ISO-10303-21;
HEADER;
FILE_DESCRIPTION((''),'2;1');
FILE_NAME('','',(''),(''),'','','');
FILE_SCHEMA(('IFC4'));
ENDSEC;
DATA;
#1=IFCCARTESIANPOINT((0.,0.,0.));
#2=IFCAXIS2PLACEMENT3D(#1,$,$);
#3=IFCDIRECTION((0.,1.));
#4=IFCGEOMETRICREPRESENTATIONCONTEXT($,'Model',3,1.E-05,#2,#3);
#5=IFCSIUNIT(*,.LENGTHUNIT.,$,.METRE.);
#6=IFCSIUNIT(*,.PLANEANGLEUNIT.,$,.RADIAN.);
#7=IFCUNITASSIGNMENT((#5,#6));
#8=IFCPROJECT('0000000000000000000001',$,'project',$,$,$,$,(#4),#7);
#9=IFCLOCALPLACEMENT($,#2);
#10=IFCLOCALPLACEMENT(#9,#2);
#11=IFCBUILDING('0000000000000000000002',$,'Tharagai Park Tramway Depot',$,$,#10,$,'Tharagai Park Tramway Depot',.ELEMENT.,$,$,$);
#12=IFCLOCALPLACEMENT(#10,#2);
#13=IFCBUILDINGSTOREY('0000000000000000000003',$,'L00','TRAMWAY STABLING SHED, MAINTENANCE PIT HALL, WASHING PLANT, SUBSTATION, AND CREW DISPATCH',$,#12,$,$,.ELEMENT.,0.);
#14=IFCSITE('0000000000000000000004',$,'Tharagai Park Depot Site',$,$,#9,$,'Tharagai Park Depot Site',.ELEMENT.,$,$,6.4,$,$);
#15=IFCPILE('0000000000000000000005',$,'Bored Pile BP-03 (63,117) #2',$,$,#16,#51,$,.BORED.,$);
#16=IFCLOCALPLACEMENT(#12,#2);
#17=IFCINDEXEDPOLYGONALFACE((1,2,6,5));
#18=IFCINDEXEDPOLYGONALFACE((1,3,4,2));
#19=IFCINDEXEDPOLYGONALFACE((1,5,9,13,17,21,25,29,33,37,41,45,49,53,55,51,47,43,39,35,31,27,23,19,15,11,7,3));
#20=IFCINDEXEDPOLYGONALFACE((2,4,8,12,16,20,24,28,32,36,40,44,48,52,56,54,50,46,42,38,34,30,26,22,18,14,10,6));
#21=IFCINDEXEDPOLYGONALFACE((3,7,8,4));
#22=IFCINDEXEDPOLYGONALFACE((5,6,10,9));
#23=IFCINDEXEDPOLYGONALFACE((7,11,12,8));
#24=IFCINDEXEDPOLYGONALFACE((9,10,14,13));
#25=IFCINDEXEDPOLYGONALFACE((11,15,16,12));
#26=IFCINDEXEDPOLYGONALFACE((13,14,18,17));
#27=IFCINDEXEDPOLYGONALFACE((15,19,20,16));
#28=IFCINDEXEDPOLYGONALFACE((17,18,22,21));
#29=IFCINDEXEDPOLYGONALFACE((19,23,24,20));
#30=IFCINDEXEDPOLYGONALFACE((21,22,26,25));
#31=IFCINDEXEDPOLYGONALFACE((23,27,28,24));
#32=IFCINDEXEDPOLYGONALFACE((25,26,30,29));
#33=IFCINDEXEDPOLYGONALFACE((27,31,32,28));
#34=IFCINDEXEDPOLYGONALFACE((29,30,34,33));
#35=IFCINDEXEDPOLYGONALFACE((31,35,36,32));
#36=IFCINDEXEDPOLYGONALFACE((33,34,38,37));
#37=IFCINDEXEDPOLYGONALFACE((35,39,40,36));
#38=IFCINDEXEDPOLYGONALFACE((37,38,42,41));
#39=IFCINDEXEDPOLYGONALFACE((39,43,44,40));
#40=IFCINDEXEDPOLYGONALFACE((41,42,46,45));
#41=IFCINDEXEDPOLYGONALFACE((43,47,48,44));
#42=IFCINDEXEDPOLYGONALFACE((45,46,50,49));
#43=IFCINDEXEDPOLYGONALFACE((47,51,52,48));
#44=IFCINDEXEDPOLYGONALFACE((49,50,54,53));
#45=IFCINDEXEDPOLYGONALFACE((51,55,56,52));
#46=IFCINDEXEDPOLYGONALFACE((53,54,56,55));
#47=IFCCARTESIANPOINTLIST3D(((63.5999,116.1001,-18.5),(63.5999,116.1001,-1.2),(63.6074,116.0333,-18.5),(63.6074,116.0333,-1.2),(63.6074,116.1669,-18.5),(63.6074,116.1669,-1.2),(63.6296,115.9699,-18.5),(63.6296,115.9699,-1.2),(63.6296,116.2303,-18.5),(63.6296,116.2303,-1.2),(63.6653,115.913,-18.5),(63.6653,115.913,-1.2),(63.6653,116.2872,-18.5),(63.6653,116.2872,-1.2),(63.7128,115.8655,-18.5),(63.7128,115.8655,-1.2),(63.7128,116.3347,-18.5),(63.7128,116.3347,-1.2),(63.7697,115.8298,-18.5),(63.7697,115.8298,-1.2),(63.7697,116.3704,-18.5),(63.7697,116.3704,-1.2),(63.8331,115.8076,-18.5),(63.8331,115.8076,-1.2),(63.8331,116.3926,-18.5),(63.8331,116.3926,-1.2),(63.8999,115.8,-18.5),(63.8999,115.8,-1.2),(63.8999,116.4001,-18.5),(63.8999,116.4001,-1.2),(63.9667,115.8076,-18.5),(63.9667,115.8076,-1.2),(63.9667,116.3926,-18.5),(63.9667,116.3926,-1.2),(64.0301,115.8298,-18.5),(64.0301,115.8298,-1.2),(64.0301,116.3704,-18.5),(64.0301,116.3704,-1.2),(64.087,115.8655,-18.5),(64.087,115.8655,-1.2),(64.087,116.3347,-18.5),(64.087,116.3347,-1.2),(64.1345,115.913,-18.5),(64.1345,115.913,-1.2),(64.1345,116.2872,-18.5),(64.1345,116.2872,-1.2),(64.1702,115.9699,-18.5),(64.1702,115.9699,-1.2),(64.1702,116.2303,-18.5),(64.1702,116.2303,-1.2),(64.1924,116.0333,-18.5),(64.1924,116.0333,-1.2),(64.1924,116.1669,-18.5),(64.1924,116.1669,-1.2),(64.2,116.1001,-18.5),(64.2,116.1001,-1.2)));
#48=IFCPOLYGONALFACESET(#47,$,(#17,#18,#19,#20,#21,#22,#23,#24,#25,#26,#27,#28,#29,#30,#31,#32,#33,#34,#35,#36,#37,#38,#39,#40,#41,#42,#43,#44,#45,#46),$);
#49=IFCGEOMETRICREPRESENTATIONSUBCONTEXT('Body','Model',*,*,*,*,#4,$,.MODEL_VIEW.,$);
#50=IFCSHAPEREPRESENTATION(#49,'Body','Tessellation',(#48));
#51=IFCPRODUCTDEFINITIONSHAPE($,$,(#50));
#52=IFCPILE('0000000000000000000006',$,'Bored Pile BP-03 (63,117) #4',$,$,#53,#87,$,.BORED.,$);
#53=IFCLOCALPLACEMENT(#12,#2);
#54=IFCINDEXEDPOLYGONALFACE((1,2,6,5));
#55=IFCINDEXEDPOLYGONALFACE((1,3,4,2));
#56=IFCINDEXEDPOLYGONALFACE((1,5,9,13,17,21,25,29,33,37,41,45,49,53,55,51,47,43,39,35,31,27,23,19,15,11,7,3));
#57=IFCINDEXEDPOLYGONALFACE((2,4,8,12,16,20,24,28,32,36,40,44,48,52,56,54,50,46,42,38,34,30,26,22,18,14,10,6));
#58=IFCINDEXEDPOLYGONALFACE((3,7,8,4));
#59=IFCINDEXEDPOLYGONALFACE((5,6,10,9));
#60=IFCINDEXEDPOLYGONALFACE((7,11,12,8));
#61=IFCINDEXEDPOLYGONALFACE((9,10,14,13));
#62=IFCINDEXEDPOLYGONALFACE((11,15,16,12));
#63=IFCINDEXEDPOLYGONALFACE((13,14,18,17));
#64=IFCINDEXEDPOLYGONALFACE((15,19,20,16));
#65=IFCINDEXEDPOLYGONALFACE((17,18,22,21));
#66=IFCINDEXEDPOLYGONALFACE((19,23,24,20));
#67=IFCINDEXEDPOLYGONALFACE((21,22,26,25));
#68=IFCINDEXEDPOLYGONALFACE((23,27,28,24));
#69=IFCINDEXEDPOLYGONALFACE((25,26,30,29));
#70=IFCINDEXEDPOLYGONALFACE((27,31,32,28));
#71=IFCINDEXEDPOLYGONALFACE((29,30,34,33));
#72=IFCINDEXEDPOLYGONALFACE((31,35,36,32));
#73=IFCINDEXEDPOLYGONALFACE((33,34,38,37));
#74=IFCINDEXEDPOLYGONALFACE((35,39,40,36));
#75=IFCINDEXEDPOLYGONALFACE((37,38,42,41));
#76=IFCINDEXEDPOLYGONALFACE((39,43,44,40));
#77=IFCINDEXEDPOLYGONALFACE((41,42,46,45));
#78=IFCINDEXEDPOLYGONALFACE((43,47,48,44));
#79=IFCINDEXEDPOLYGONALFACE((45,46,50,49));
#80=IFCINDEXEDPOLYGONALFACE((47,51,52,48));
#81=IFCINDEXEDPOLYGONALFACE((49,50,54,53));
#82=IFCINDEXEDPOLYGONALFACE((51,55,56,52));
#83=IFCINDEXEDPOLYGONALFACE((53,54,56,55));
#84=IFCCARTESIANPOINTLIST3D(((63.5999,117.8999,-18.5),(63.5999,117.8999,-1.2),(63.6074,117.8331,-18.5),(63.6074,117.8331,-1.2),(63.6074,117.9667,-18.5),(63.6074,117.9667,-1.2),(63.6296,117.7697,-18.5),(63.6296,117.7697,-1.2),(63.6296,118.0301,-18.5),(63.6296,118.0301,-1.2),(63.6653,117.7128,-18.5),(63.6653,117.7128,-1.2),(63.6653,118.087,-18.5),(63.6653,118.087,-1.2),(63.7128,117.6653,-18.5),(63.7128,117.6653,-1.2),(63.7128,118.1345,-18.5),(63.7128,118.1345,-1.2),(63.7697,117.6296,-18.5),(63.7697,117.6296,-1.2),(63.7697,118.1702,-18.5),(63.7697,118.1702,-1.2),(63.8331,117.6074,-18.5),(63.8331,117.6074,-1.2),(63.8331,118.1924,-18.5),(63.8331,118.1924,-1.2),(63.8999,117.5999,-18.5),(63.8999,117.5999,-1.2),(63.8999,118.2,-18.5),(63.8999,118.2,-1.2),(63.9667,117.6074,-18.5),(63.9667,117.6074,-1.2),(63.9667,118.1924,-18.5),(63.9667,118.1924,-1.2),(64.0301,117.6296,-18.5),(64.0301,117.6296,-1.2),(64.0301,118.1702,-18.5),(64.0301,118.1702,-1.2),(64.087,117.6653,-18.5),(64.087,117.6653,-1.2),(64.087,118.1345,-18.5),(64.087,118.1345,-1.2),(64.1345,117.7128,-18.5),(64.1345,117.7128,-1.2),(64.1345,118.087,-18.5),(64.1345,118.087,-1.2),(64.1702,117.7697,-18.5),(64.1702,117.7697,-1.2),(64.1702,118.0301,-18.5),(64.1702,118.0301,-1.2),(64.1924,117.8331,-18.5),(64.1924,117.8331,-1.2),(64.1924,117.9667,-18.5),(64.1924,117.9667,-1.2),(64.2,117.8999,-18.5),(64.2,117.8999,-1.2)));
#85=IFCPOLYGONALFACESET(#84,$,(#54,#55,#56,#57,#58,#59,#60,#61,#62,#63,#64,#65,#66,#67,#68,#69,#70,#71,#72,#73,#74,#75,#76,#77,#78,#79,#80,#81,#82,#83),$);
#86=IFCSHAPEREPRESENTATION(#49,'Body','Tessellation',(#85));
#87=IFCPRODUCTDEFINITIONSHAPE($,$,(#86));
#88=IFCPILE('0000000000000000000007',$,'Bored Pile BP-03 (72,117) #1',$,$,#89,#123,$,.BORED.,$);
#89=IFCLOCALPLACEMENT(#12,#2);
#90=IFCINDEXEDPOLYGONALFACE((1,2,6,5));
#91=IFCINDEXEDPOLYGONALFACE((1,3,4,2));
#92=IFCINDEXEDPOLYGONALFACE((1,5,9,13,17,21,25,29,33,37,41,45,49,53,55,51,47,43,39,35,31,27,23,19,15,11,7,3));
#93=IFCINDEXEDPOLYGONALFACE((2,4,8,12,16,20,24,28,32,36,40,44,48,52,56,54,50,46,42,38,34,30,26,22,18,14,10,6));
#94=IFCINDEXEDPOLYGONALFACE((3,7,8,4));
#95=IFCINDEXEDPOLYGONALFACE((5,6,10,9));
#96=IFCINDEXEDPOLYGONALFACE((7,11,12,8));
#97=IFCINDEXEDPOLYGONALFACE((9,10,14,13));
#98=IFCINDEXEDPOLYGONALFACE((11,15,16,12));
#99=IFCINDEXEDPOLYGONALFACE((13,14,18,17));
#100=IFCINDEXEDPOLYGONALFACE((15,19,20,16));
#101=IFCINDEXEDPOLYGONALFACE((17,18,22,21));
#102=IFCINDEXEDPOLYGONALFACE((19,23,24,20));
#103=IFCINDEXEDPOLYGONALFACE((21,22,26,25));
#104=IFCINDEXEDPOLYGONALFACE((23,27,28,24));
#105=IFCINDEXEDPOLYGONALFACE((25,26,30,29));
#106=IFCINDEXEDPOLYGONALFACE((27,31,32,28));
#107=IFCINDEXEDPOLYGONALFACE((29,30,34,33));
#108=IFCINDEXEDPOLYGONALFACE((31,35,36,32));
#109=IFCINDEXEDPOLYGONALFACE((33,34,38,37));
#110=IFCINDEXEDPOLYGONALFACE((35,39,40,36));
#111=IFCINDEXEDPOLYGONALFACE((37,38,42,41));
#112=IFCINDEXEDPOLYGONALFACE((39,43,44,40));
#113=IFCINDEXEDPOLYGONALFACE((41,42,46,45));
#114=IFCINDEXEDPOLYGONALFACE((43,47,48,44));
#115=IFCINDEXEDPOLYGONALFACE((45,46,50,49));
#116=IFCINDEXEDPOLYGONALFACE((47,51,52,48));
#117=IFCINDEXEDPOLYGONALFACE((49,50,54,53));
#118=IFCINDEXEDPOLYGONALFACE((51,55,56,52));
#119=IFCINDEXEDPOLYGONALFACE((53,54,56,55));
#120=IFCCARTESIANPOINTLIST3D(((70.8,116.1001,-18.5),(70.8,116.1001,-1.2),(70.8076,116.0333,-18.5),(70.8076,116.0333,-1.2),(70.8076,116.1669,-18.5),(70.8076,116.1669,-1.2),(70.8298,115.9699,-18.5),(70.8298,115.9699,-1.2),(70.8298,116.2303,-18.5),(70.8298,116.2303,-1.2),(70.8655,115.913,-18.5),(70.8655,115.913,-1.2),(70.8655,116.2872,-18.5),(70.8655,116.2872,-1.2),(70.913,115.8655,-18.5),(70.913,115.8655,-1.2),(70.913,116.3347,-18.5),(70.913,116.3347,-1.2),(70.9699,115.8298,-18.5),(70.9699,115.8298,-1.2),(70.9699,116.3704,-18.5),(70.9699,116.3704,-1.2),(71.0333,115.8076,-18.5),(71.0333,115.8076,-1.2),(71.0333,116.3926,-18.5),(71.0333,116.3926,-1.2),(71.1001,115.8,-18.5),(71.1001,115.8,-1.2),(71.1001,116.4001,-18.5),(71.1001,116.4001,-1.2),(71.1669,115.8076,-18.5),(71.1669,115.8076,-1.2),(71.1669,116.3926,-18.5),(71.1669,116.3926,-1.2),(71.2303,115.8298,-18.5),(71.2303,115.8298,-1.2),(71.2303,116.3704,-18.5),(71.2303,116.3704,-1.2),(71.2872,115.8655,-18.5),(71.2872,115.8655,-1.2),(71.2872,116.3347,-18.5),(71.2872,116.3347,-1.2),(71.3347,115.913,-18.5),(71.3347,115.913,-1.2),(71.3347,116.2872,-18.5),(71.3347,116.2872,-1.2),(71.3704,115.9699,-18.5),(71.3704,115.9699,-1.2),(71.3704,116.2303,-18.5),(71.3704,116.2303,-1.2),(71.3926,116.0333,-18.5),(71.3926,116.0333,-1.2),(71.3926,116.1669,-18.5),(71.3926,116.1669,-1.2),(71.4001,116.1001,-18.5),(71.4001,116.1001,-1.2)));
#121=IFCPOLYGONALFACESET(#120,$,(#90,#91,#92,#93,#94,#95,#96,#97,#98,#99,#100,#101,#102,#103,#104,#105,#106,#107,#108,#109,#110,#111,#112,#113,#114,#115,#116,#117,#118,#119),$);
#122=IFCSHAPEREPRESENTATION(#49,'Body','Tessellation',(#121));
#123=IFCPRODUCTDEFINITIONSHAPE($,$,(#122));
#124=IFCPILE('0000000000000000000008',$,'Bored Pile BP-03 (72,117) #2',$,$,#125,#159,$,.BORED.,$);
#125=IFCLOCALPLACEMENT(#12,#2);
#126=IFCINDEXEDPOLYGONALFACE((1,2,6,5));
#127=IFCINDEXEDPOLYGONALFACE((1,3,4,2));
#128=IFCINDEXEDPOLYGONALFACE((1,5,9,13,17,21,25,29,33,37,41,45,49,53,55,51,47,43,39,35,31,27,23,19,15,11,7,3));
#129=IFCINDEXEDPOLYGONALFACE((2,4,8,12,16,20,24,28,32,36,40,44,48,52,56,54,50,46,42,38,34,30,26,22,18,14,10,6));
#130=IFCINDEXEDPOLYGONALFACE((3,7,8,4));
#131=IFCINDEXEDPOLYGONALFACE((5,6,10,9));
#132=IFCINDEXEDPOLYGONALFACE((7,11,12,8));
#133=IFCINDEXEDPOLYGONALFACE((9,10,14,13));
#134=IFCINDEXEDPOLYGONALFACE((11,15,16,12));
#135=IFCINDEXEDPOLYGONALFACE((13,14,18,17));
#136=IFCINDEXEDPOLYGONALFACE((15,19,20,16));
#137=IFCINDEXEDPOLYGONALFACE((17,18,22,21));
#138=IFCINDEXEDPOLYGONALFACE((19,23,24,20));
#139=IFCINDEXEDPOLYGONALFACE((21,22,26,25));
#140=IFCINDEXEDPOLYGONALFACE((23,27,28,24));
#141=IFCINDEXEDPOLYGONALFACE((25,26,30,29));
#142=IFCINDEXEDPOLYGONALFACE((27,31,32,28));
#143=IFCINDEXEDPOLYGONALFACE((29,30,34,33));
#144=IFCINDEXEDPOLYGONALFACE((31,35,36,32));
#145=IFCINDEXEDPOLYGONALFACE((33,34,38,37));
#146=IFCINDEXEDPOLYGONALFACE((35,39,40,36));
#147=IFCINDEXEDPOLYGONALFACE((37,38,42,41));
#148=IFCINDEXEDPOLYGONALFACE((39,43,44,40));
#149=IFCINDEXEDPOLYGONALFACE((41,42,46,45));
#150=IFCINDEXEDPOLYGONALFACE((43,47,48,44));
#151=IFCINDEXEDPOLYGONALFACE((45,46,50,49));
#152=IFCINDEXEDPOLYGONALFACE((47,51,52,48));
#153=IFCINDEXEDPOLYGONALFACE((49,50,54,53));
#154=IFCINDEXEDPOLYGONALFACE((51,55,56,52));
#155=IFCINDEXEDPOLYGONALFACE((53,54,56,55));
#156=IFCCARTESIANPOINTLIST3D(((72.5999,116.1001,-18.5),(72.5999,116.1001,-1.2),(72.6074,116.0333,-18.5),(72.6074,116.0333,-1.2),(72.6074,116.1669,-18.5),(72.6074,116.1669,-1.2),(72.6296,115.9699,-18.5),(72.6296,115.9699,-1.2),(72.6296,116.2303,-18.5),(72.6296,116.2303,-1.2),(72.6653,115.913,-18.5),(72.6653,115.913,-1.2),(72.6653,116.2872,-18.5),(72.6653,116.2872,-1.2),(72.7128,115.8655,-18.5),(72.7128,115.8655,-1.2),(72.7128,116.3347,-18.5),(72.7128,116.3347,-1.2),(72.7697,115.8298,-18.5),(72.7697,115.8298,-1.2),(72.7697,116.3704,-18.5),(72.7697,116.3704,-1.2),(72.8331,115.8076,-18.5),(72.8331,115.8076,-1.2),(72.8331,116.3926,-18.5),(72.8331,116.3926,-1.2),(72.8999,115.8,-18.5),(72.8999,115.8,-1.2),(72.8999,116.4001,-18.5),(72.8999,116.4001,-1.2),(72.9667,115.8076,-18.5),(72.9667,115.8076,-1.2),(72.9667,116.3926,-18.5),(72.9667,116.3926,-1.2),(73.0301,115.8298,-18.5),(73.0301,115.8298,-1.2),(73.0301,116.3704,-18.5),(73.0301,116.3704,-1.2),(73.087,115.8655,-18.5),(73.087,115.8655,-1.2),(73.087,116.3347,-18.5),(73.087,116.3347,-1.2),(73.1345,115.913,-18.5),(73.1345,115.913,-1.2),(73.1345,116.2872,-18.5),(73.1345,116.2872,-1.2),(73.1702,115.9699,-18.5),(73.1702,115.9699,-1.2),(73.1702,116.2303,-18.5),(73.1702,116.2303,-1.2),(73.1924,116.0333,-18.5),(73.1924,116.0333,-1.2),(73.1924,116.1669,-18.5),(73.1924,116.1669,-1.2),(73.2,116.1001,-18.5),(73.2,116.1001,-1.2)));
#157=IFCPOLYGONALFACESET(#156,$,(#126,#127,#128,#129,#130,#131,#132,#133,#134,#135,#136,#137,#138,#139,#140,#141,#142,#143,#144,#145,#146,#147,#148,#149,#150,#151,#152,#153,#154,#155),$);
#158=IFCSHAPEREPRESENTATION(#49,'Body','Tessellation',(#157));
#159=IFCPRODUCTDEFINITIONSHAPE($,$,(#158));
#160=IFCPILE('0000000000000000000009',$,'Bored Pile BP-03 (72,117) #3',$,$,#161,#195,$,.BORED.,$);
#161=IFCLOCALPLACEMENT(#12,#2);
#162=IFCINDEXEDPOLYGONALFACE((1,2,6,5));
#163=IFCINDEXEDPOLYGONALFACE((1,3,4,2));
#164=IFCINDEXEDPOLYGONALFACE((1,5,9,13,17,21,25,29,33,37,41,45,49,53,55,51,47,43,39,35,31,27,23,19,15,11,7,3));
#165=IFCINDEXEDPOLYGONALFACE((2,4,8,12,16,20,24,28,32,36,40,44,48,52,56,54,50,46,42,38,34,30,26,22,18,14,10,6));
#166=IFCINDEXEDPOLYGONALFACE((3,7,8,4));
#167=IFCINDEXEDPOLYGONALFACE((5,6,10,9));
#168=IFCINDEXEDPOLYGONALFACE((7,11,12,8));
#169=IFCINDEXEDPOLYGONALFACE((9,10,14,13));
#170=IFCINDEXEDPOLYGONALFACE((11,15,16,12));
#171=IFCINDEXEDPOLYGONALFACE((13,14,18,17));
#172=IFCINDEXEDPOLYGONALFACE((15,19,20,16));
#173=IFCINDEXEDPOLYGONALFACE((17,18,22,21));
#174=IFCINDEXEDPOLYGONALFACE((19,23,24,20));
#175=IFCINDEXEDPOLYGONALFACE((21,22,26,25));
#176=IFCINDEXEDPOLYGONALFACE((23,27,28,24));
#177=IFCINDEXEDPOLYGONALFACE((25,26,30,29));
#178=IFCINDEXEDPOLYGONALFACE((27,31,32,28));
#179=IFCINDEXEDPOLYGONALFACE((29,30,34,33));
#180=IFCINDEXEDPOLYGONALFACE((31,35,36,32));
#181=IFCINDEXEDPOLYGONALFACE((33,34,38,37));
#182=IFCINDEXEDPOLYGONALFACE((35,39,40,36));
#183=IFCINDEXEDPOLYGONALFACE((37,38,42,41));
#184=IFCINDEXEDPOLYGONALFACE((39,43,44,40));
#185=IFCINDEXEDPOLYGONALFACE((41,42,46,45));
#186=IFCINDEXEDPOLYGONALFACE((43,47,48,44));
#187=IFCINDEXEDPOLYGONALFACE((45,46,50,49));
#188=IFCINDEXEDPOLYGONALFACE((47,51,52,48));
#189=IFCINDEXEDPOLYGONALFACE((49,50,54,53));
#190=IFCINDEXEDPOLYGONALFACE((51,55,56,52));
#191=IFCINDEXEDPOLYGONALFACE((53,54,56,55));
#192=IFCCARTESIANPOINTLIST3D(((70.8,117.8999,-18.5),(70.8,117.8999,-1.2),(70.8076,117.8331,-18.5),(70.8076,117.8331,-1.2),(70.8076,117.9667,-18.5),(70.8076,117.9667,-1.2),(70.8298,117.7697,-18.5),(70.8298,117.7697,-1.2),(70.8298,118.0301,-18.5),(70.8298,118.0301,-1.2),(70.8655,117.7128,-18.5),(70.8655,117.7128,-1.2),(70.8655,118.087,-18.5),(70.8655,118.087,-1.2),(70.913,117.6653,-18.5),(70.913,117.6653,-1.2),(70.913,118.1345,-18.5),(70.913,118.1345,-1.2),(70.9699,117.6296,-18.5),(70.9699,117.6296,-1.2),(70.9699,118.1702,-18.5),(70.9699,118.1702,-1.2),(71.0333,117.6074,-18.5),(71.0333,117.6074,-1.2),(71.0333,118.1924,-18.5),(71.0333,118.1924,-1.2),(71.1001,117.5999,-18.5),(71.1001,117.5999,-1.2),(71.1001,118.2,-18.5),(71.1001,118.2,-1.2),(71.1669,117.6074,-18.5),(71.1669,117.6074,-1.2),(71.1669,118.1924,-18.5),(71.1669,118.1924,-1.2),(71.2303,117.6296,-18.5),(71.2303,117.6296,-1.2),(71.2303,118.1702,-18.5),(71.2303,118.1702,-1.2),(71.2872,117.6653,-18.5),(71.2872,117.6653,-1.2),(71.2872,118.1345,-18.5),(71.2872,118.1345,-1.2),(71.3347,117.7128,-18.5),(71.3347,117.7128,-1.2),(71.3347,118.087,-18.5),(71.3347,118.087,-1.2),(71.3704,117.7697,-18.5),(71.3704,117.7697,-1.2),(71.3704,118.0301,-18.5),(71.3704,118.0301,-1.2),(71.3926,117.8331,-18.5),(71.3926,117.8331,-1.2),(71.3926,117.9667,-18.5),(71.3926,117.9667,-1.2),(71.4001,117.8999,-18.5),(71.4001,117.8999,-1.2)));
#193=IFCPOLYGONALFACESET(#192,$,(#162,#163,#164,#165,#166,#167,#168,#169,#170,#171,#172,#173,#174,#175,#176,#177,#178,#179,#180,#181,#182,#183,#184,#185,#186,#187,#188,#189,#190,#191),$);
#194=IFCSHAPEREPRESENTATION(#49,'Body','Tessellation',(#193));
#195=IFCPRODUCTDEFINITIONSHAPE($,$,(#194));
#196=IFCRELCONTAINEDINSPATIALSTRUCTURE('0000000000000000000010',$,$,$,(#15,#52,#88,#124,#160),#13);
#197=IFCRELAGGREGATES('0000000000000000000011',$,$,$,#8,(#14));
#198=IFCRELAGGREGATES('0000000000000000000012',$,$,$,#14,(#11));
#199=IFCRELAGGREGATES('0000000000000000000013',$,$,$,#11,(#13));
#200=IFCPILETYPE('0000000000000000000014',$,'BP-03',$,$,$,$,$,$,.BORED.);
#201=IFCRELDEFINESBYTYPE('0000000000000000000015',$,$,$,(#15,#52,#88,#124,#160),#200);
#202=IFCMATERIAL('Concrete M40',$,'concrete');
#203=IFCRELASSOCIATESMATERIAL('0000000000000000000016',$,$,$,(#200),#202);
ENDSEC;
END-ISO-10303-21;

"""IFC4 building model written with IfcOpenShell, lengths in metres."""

from ifc_helpers import new_model, si_unit, direction, frame, origin, origin_2d, place, context, subcontext, project, spatial, circle, extrude, material, material_profile, profile_set, type_object, element, save


model = new_model("IFC4")

# Units and contexts
model_context = context("Model", 3, precision=1e-05, world=origin(), true_north=direction((0.0, 1.0)))
body_context = subcontext(model_context, "Body", "Model", "MODEL_VIEW")
ifc_project = project(units=[si_unit("LENGTHUNIT", "METRE"), si_unit("PLANEANGLEUNIT", "RADIAN")], contexts=[model_context])

# Site, building, storey
site_placement = place(None, origin())
site = spatial("IfcSite", under=ifc_project, at=site_placement, Name="Tharagai Park Depot Site", LongName="Tharagai Park Depot Site", CompositionType="ELEMENT", RefElevation=6.4)
building_placement = place(site_placement, origin())
building = spatial("IfcBuilding", under=site, at=building_placement, Name="Tharagai Park Tramway Depot", LongName="Tharagai Park Tramway Depot", CompositionType="ELEMENT")
storey_placement = place(building_placement, origin())
storey = spatial("IfcBuildingStorey", under=building, at=storey_placement, Name="L00", Description="TRAMWAY STABLING SHED, MAINTENANCE PIT HALL, WASHING PLANT, SUBSTATION, AND CREW DISPATCH", CompositionType="ELEMENT", Elevation=0.0)

# Piles
ifc_material_1 = material(Name="Concrete M40", Category="concrete")
ifc_material_profile_1 = material_profile(ifc_material_1, circle(Radius=0.3, at=origin_2d()), Name="PILE D600")
ifc_profile_set_1 = profile_set([ifc_material_profile_1], Name="Concrete M40")
pile_type_1 = type_object("IfcPileType", Name="BP-03", PredefinedType="BORED", material=ifc_profile_set_1)
for number, where, z_axis, x_axis, name in (
    (1, (63.8999, 116.1001, -1.2), (0.0, 0.0, -1.0), (1.0, 0.0, 0.0), "Bored Pile BP-03 (63,117) #2"),
    (2, (63.8999, 117.8999, -1.2), (0.0, 0.0, -1.0), (1.0, 0.0, 0.0), "Bored Pile BP-03 (63,117) #4"),
    (3, (71.1001, 116.1001, -1.2), (0.0, 0.0, -1.0), (1.0, 0.0, 0.0), "Bored Pile BP-03 (72,117) #1"),
    (4, (72.8999, 116.1001, -1.2), (0.0, 0.0, -1.0), (1.0, 0.0, 0.0), "Bored Pile BP-03 (72,117) #2"),
    (5, (71.1001, 117.8999, -1.2), (0.0, 0.0, -1.0), (1.0, 0.0, 0.0), "Bored Pile BP-03 (72,117) #3"),
):
    element("IfcPile", number, at=place(storey_placement, frame(where, z_axis=z_axis, x_axis=x_axis)), inside=storey, type_object=pile_type_1, Name=name, PredefinedType="BORED", context=body_context, shape_type="SweptSolid", body=[
        extrude(circle(Radius=0.3, at=origin_2d()), origin(), (0.0, 0.0, 1.0), 17.3),
    ])

save(model, "model.ifc")
